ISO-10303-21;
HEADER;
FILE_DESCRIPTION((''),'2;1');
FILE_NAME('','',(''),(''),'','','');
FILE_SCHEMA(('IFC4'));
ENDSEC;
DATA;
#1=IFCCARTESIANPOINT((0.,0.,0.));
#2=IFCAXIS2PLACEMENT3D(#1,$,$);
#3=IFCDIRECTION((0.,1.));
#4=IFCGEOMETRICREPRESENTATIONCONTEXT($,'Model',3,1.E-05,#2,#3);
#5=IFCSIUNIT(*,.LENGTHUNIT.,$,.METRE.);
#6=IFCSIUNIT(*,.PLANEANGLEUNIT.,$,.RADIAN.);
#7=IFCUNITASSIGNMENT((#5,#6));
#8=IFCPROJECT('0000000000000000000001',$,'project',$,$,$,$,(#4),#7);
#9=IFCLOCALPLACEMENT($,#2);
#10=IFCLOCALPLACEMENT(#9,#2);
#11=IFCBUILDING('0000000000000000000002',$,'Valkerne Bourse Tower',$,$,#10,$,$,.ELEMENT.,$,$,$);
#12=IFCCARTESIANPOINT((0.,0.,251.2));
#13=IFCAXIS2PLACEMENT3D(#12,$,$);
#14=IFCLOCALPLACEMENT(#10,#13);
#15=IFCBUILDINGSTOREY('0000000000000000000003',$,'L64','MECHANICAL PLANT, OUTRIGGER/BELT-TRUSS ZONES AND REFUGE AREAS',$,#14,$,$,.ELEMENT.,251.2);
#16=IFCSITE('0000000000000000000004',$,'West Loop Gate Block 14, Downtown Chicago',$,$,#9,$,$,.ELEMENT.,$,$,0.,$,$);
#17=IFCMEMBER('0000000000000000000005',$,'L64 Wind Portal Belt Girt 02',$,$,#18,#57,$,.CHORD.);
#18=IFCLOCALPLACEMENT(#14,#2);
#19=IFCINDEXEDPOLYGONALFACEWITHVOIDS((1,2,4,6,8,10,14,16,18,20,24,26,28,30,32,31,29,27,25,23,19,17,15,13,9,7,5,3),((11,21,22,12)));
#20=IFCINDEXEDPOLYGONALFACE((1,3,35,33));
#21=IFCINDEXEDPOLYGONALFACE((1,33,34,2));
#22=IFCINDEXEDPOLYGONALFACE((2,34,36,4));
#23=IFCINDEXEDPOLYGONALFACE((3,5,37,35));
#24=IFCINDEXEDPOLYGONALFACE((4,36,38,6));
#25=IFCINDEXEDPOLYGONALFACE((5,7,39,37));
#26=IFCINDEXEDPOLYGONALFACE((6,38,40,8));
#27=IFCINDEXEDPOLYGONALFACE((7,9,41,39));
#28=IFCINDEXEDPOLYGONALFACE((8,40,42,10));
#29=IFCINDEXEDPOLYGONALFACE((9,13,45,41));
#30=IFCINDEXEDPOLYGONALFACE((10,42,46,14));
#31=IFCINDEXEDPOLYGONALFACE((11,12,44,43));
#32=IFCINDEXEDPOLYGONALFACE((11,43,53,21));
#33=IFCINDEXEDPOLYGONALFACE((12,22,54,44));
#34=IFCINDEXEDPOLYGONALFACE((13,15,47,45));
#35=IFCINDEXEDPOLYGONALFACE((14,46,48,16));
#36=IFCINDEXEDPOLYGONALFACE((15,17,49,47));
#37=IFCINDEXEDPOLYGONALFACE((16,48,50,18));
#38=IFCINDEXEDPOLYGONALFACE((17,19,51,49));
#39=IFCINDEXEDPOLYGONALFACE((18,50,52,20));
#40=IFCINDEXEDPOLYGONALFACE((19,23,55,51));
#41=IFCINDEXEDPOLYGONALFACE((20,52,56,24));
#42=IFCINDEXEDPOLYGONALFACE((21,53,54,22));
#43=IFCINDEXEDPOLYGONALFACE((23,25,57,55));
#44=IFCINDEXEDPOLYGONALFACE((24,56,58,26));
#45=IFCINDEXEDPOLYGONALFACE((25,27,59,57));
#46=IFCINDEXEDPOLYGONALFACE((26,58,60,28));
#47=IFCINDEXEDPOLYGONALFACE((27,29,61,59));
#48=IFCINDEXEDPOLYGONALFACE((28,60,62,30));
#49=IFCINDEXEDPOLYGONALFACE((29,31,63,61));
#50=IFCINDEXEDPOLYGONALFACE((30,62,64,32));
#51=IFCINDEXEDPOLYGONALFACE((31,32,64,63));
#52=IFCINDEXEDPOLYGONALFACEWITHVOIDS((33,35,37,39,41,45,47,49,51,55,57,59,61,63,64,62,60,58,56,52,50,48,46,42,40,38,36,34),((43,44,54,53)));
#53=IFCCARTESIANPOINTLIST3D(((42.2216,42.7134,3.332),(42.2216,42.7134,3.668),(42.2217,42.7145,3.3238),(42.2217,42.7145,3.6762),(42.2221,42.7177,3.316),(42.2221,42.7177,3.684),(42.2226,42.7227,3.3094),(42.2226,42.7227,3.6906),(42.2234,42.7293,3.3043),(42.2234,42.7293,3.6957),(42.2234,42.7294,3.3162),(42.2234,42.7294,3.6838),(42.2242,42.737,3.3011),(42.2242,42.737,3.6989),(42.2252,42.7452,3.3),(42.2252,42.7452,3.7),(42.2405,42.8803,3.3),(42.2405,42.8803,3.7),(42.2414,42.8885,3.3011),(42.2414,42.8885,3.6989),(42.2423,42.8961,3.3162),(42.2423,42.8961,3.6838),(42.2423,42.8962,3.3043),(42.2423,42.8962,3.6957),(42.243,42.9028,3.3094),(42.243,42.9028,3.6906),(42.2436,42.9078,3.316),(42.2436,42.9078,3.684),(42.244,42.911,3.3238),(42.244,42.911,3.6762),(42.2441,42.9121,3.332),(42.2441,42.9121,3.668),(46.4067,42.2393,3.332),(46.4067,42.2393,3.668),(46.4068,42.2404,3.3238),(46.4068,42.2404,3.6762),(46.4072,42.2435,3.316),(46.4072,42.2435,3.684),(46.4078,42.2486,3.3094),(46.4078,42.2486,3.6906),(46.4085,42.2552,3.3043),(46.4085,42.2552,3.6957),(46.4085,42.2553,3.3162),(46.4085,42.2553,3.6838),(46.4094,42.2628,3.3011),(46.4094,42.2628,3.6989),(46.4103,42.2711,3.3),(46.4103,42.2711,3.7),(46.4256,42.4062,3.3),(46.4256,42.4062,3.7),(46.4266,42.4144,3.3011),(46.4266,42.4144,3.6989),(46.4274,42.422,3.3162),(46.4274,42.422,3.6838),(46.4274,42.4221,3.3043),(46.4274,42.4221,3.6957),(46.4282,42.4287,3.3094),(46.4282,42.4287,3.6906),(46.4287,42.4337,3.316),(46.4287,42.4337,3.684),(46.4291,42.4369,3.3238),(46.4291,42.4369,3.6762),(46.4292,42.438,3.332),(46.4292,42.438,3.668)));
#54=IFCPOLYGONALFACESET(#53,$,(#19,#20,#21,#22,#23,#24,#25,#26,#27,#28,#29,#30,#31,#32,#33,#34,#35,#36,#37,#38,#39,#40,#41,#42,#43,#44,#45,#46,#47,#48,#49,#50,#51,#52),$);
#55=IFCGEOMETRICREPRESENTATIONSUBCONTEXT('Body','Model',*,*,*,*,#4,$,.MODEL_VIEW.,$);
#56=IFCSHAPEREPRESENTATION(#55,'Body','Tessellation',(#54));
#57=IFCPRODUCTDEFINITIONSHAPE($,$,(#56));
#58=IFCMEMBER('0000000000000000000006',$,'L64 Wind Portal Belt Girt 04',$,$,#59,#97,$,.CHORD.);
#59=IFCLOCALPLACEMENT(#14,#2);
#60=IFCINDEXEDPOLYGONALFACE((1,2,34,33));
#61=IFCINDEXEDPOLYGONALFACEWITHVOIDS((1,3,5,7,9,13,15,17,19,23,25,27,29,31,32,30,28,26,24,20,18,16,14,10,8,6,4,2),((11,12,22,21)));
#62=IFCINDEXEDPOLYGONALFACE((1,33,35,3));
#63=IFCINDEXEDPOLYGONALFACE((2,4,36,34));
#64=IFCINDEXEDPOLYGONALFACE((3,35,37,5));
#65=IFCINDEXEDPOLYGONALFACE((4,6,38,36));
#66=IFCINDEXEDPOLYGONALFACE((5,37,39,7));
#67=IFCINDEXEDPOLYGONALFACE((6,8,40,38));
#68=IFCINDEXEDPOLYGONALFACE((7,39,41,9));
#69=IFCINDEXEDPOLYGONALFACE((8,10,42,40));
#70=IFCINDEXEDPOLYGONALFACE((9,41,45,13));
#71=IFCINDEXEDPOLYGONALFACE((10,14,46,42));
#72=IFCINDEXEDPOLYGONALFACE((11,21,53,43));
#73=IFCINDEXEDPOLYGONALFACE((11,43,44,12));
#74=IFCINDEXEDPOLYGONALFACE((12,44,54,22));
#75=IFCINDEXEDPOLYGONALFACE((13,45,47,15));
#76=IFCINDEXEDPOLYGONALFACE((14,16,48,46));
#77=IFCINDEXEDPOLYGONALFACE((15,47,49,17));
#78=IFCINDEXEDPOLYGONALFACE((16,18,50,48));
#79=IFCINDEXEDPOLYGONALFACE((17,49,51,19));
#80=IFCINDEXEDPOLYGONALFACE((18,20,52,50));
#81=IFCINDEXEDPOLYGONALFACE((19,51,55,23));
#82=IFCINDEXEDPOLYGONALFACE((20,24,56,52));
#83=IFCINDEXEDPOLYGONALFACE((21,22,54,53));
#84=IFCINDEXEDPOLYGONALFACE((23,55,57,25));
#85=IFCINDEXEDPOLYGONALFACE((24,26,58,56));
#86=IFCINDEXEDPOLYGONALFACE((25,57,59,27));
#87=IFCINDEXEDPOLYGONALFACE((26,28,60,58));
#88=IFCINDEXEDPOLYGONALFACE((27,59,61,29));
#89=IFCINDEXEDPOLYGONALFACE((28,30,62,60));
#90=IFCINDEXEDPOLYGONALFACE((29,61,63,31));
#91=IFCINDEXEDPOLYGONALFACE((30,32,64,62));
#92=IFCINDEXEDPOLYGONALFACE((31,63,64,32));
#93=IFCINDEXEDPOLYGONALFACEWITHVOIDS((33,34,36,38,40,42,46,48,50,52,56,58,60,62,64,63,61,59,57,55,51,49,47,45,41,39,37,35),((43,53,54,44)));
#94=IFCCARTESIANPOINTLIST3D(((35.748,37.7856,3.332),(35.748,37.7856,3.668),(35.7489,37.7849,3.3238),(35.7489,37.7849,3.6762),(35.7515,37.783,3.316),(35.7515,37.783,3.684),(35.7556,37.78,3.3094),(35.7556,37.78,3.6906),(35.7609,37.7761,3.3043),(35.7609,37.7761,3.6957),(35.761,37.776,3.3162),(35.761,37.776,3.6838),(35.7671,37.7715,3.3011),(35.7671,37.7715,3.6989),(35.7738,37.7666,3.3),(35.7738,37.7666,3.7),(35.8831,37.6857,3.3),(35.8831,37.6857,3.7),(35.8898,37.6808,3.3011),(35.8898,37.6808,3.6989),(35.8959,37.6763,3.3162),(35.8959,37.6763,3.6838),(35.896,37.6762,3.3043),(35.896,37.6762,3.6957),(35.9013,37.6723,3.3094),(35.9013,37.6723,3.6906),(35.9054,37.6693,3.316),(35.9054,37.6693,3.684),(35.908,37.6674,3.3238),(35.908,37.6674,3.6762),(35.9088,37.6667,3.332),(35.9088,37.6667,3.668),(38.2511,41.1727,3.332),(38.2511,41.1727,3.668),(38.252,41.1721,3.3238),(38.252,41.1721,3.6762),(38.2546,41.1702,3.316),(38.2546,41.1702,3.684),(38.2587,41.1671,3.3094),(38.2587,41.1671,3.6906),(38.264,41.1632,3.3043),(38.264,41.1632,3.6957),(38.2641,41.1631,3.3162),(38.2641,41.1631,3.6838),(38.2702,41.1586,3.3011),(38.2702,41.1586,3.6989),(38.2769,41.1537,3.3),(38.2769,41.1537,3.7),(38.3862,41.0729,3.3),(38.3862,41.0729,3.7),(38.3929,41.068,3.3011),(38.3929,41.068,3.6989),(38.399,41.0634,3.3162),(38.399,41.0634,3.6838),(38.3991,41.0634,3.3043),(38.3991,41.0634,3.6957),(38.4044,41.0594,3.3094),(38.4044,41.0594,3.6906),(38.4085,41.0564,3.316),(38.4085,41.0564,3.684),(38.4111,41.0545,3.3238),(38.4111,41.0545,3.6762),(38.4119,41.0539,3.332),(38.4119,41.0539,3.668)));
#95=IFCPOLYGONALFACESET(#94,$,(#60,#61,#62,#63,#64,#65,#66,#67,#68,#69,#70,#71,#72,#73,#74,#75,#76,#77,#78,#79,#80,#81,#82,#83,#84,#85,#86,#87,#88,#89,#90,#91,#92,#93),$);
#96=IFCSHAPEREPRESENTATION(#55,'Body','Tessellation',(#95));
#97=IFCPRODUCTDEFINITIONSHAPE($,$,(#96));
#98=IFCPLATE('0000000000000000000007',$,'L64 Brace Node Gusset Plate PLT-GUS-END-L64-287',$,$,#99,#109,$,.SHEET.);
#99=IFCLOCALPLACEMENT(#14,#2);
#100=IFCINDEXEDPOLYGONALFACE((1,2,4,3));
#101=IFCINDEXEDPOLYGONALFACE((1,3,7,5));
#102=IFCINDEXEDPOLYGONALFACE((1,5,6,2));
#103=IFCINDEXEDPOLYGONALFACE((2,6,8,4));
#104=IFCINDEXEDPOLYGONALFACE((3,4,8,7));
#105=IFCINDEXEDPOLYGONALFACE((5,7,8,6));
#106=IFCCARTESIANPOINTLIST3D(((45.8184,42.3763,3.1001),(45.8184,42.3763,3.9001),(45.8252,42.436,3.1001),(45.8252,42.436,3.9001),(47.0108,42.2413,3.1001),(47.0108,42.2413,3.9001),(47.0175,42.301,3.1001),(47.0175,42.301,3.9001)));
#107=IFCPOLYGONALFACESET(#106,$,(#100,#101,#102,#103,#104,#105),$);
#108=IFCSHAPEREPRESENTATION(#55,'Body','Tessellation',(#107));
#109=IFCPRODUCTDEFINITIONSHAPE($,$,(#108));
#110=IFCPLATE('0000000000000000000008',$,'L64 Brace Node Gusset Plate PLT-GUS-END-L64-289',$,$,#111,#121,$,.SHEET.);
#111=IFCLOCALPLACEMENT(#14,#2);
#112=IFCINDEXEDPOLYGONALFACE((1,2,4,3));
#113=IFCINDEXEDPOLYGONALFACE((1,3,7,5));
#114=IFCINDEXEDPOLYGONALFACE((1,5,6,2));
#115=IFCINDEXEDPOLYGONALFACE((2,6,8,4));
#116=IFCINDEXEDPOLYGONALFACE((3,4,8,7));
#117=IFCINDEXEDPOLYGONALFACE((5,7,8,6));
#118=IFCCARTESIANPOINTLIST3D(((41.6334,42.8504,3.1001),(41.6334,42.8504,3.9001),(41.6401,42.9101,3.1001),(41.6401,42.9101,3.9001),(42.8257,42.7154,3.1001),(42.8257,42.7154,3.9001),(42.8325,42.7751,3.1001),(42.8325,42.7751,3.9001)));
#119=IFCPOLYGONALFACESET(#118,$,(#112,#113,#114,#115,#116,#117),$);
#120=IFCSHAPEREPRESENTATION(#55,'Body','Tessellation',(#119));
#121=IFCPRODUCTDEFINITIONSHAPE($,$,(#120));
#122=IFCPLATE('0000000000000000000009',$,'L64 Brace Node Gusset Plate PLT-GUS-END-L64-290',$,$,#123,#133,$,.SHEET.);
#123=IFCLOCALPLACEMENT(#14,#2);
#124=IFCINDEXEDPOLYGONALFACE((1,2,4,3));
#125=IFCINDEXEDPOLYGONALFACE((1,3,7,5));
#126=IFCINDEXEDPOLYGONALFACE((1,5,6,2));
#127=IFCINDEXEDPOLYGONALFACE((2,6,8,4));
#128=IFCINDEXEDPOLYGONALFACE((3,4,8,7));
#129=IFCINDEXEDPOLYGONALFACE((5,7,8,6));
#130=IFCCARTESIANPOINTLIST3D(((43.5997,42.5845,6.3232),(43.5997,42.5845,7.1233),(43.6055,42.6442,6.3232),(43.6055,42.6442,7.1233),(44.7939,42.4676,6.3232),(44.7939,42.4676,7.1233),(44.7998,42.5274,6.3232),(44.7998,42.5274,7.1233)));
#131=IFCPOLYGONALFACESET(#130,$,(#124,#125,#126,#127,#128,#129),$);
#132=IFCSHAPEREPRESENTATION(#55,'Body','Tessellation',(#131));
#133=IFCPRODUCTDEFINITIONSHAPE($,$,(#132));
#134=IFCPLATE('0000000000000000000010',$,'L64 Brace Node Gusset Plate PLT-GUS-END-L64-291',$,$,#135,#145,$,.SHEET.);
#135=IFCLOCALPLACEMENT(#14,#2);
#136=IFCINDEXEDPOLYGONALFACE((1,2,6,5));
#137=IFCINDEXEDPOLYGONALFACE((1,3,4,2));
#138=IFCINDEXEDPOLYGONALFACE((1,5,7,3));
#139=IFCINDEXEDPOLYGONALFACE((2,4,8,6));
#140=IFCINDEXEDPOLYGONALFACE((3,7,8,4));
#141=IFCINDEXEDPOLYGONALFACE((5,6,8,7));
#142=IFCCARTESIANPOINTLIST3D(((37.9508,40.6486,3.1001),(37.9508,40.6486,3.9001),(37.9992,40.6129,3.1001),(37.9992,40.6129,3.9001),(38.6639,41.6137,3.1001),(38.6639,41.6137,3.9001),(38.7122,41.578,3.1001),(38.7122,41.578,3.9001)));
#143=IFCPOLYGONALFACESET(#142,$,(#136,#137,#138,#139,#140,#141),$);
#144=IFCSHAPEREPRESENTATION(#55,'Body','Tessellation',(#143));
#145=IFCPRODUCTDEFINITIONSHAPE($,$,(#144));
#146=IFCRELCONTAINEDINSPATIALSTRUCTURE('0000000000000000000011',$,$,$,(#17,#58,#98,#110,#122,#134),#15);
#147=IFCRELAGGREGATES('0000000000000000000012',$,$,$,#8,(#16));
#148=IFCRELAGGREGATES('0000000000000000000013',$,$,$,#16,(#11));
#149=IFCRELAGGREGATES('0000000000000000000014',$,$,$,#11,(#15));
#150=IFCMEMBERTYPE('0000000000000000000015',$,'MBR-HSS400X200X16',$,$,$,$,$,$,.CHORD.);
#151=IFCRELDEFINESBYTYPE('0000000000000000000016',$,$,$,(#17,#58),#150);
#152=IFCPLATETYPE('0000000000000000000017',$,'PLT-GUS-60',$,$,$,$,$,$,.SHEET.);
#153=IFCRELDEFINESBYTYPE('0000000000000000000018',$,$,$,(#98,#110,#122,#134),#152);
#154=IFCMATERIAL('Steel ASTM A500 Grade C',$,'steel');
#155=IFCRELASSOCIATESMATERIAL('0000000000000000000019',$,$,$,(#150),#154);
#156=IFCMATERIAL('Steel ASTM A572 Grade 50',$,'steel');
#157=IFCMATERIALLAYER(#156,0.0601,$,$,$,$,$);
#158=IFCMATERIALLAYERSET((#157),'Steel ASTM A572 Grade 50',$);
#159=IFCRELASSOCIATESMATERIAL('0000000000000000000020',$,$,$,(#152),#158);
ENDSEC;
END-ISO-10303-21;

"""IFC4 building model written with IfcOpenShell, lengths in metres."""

from ifc_helpers import new_model, si_unit, direction, frame, origin, origin_2d, place, context, subcontext, project, spatial, rectangle, hollow_rectangle, extrude, material, layer, layer_set, material_profile, profile_set, type_object, element, save


model = new_model("IFC4")

# Units and contexts
model_context = context("Model", 3, precision=1e-05, world=origin(), true_north=direction((0.0, 1.0)))
body_context = subcontext(model_context, "Body", "Model", "MODEL_VIEW")
ifc_project = project(units=[si_unit("LENGTHUNIT", "METRE"), si_unit("PLANEANGLEUNIT", "RADIAN")], contexts=[model_context])

# Site, building, storey
site_placement = place(None, origin())
site = spatial("IfcSite", under=ifc_project, at=site_placement, Name="West Loop Gate Block 14, Downtown Chicago", CompositionType="ELEMENT", RefElevation=0.0)
building_placement = place(site_placement, origin())
building = spatial("IfcBuilding", under=site, at=building_placement, Name="Valkerne Bourse Tower", CompositionType="ELEMENT")
storey_placement = place(building_placement, frame((0.0, 0.0, 251.2)))
storey = spatial("IfcBuildingStorey", under=building, at=storey_placement, Name="L64", Description="MECHANICAL PLANT, OUTRIGGER/BELT-TRUSS ZONES AND REFUGE AREAS", CompositionType="ELEMENT", Elevation=251.2)

# Members
ifc_material_1 = material(Name="Steel ASTM A500 Grade C", Category="steel")
ifc_material_profile_1 = material_profile(ifc_material_1, hollow_rectangle(XDim=0.2, YDim=0.3999, WallThickness=0.0161, OuterFilletRadius=0.032, at=origin_2d()), Name="HSS400X200X16")
ifc_profile_set_1 = profile_set([ifc_material_profile_1], Name="Steel ASTM A500 Grade C")
member_type_1 = type_object("IfcMemberType", Name="MBR-HSS400X200X16", PredefinedType="CHORD", material=ifc_profile_set_1)
member_1_placement = place(storey_placement, frame((46.418, 42.3386, 3.5), z_axis=(-0.993644, 0.112569, 0.0), x_axis=(-0.112569, -0.993644, 0.0)))
element("IfcMember", 1, at=member_1_placement, inside=storey, type_object=member_type_1, Name="L64 Wind Portal Belt Girt 02", PredefinedType="CHORD", context=body_context, shape_type="SweptSolid", body=[
    extrude(hollow_rectangle(XDim=0.2, YDim=0.3999, WallThickness=0.0161, OuterFilletRadius=0.032, at=origin_2d()), origin(), (0.0, 0.0, 1.0), 4.2119),
])
member_2_placement = place(storey_placement, frame((38.3315, 41.1133, 3.5), z_axis=(-0.594327, -0.804223, 0.0), x_axis=(0.804223, -0.594327, 0.0)))
element("IfcMember", 2, at=member_2_placement, inside=storey, type_object=member_type_1, Name="L64 Wind Portal Belt Girt 04", PredefinedType="CHORD", context=body_context, shape_type="SweptSolid", body=[
    extrude(hollow_rectangle(XDim=0.2, YDim=0.3999, WallThickness=0.0161, OuterFilletRadius=0.032, at=origin_2d()), origin(), (0.0, 0.0, 1.0), 4.2117),
])

# Plates
ifc_material_2 = material(Name="Steel ASTM A572 Grade 50", Category="steel")
ifc_layer = layer(ifc_material_2, 0.0601)
ifc_layer_set = layer_set([ifc_layer], Name="Steel ASTM A572 Grade 50")
plate_type = type_object("IfcPlateType", Name="PLT-GUS-60", PredefinedType="SHEET", material=ifc_layer_set)
for number, where, z_axis, x_axis, name in (
    (3, (46.418, 42.3386, 3.1001), (0.0, 0.0, 1.0), (-0.993651, 0.11251, 0.0), "L64 Brace Node Gusset Plate PLT-GUS-END-L64-287"),
    (4, (42.2329, 42.8127, 3.1001), (0.0, 0.0, 1.0), (-0.993651, 0.11251, 0.0), "L64 Brace Node Gusset Plate PLT-GUS-END-L64-289"),
    (5, (44.1997, 42.5559, 6.3232), (0.0, 0.0, 1.0), (-0.995244, 0.097409, 0.0), "L64 Brace Node Gusset Plate PLT-GUS-END-L64-290"),
    (6, (38.3315, 41.1133, 3.1001), (0.0, 0.0, 1.0), (-0.594261, -0.804272, 0.0), "L64 Brace Node Gusset Plate PLT-GUS-END-L64-291"),
):
    element("IfcPlate", number, at=place(storey_placement, frame(where, z_axis=z_axis, x_axis=x_axis)), inside=storey, type_object=plate_type, Name=name, PredefinedType="SHEET", context=body_context, shape_type="SweptSolid", body=[
        extrude(rectangle(XDim=1.2, YDim=0.0601, at=origin_2d()), origin(), (0.0, 0.0, 1.0), 0.8),
    ])

save(model, "model.ifc")
